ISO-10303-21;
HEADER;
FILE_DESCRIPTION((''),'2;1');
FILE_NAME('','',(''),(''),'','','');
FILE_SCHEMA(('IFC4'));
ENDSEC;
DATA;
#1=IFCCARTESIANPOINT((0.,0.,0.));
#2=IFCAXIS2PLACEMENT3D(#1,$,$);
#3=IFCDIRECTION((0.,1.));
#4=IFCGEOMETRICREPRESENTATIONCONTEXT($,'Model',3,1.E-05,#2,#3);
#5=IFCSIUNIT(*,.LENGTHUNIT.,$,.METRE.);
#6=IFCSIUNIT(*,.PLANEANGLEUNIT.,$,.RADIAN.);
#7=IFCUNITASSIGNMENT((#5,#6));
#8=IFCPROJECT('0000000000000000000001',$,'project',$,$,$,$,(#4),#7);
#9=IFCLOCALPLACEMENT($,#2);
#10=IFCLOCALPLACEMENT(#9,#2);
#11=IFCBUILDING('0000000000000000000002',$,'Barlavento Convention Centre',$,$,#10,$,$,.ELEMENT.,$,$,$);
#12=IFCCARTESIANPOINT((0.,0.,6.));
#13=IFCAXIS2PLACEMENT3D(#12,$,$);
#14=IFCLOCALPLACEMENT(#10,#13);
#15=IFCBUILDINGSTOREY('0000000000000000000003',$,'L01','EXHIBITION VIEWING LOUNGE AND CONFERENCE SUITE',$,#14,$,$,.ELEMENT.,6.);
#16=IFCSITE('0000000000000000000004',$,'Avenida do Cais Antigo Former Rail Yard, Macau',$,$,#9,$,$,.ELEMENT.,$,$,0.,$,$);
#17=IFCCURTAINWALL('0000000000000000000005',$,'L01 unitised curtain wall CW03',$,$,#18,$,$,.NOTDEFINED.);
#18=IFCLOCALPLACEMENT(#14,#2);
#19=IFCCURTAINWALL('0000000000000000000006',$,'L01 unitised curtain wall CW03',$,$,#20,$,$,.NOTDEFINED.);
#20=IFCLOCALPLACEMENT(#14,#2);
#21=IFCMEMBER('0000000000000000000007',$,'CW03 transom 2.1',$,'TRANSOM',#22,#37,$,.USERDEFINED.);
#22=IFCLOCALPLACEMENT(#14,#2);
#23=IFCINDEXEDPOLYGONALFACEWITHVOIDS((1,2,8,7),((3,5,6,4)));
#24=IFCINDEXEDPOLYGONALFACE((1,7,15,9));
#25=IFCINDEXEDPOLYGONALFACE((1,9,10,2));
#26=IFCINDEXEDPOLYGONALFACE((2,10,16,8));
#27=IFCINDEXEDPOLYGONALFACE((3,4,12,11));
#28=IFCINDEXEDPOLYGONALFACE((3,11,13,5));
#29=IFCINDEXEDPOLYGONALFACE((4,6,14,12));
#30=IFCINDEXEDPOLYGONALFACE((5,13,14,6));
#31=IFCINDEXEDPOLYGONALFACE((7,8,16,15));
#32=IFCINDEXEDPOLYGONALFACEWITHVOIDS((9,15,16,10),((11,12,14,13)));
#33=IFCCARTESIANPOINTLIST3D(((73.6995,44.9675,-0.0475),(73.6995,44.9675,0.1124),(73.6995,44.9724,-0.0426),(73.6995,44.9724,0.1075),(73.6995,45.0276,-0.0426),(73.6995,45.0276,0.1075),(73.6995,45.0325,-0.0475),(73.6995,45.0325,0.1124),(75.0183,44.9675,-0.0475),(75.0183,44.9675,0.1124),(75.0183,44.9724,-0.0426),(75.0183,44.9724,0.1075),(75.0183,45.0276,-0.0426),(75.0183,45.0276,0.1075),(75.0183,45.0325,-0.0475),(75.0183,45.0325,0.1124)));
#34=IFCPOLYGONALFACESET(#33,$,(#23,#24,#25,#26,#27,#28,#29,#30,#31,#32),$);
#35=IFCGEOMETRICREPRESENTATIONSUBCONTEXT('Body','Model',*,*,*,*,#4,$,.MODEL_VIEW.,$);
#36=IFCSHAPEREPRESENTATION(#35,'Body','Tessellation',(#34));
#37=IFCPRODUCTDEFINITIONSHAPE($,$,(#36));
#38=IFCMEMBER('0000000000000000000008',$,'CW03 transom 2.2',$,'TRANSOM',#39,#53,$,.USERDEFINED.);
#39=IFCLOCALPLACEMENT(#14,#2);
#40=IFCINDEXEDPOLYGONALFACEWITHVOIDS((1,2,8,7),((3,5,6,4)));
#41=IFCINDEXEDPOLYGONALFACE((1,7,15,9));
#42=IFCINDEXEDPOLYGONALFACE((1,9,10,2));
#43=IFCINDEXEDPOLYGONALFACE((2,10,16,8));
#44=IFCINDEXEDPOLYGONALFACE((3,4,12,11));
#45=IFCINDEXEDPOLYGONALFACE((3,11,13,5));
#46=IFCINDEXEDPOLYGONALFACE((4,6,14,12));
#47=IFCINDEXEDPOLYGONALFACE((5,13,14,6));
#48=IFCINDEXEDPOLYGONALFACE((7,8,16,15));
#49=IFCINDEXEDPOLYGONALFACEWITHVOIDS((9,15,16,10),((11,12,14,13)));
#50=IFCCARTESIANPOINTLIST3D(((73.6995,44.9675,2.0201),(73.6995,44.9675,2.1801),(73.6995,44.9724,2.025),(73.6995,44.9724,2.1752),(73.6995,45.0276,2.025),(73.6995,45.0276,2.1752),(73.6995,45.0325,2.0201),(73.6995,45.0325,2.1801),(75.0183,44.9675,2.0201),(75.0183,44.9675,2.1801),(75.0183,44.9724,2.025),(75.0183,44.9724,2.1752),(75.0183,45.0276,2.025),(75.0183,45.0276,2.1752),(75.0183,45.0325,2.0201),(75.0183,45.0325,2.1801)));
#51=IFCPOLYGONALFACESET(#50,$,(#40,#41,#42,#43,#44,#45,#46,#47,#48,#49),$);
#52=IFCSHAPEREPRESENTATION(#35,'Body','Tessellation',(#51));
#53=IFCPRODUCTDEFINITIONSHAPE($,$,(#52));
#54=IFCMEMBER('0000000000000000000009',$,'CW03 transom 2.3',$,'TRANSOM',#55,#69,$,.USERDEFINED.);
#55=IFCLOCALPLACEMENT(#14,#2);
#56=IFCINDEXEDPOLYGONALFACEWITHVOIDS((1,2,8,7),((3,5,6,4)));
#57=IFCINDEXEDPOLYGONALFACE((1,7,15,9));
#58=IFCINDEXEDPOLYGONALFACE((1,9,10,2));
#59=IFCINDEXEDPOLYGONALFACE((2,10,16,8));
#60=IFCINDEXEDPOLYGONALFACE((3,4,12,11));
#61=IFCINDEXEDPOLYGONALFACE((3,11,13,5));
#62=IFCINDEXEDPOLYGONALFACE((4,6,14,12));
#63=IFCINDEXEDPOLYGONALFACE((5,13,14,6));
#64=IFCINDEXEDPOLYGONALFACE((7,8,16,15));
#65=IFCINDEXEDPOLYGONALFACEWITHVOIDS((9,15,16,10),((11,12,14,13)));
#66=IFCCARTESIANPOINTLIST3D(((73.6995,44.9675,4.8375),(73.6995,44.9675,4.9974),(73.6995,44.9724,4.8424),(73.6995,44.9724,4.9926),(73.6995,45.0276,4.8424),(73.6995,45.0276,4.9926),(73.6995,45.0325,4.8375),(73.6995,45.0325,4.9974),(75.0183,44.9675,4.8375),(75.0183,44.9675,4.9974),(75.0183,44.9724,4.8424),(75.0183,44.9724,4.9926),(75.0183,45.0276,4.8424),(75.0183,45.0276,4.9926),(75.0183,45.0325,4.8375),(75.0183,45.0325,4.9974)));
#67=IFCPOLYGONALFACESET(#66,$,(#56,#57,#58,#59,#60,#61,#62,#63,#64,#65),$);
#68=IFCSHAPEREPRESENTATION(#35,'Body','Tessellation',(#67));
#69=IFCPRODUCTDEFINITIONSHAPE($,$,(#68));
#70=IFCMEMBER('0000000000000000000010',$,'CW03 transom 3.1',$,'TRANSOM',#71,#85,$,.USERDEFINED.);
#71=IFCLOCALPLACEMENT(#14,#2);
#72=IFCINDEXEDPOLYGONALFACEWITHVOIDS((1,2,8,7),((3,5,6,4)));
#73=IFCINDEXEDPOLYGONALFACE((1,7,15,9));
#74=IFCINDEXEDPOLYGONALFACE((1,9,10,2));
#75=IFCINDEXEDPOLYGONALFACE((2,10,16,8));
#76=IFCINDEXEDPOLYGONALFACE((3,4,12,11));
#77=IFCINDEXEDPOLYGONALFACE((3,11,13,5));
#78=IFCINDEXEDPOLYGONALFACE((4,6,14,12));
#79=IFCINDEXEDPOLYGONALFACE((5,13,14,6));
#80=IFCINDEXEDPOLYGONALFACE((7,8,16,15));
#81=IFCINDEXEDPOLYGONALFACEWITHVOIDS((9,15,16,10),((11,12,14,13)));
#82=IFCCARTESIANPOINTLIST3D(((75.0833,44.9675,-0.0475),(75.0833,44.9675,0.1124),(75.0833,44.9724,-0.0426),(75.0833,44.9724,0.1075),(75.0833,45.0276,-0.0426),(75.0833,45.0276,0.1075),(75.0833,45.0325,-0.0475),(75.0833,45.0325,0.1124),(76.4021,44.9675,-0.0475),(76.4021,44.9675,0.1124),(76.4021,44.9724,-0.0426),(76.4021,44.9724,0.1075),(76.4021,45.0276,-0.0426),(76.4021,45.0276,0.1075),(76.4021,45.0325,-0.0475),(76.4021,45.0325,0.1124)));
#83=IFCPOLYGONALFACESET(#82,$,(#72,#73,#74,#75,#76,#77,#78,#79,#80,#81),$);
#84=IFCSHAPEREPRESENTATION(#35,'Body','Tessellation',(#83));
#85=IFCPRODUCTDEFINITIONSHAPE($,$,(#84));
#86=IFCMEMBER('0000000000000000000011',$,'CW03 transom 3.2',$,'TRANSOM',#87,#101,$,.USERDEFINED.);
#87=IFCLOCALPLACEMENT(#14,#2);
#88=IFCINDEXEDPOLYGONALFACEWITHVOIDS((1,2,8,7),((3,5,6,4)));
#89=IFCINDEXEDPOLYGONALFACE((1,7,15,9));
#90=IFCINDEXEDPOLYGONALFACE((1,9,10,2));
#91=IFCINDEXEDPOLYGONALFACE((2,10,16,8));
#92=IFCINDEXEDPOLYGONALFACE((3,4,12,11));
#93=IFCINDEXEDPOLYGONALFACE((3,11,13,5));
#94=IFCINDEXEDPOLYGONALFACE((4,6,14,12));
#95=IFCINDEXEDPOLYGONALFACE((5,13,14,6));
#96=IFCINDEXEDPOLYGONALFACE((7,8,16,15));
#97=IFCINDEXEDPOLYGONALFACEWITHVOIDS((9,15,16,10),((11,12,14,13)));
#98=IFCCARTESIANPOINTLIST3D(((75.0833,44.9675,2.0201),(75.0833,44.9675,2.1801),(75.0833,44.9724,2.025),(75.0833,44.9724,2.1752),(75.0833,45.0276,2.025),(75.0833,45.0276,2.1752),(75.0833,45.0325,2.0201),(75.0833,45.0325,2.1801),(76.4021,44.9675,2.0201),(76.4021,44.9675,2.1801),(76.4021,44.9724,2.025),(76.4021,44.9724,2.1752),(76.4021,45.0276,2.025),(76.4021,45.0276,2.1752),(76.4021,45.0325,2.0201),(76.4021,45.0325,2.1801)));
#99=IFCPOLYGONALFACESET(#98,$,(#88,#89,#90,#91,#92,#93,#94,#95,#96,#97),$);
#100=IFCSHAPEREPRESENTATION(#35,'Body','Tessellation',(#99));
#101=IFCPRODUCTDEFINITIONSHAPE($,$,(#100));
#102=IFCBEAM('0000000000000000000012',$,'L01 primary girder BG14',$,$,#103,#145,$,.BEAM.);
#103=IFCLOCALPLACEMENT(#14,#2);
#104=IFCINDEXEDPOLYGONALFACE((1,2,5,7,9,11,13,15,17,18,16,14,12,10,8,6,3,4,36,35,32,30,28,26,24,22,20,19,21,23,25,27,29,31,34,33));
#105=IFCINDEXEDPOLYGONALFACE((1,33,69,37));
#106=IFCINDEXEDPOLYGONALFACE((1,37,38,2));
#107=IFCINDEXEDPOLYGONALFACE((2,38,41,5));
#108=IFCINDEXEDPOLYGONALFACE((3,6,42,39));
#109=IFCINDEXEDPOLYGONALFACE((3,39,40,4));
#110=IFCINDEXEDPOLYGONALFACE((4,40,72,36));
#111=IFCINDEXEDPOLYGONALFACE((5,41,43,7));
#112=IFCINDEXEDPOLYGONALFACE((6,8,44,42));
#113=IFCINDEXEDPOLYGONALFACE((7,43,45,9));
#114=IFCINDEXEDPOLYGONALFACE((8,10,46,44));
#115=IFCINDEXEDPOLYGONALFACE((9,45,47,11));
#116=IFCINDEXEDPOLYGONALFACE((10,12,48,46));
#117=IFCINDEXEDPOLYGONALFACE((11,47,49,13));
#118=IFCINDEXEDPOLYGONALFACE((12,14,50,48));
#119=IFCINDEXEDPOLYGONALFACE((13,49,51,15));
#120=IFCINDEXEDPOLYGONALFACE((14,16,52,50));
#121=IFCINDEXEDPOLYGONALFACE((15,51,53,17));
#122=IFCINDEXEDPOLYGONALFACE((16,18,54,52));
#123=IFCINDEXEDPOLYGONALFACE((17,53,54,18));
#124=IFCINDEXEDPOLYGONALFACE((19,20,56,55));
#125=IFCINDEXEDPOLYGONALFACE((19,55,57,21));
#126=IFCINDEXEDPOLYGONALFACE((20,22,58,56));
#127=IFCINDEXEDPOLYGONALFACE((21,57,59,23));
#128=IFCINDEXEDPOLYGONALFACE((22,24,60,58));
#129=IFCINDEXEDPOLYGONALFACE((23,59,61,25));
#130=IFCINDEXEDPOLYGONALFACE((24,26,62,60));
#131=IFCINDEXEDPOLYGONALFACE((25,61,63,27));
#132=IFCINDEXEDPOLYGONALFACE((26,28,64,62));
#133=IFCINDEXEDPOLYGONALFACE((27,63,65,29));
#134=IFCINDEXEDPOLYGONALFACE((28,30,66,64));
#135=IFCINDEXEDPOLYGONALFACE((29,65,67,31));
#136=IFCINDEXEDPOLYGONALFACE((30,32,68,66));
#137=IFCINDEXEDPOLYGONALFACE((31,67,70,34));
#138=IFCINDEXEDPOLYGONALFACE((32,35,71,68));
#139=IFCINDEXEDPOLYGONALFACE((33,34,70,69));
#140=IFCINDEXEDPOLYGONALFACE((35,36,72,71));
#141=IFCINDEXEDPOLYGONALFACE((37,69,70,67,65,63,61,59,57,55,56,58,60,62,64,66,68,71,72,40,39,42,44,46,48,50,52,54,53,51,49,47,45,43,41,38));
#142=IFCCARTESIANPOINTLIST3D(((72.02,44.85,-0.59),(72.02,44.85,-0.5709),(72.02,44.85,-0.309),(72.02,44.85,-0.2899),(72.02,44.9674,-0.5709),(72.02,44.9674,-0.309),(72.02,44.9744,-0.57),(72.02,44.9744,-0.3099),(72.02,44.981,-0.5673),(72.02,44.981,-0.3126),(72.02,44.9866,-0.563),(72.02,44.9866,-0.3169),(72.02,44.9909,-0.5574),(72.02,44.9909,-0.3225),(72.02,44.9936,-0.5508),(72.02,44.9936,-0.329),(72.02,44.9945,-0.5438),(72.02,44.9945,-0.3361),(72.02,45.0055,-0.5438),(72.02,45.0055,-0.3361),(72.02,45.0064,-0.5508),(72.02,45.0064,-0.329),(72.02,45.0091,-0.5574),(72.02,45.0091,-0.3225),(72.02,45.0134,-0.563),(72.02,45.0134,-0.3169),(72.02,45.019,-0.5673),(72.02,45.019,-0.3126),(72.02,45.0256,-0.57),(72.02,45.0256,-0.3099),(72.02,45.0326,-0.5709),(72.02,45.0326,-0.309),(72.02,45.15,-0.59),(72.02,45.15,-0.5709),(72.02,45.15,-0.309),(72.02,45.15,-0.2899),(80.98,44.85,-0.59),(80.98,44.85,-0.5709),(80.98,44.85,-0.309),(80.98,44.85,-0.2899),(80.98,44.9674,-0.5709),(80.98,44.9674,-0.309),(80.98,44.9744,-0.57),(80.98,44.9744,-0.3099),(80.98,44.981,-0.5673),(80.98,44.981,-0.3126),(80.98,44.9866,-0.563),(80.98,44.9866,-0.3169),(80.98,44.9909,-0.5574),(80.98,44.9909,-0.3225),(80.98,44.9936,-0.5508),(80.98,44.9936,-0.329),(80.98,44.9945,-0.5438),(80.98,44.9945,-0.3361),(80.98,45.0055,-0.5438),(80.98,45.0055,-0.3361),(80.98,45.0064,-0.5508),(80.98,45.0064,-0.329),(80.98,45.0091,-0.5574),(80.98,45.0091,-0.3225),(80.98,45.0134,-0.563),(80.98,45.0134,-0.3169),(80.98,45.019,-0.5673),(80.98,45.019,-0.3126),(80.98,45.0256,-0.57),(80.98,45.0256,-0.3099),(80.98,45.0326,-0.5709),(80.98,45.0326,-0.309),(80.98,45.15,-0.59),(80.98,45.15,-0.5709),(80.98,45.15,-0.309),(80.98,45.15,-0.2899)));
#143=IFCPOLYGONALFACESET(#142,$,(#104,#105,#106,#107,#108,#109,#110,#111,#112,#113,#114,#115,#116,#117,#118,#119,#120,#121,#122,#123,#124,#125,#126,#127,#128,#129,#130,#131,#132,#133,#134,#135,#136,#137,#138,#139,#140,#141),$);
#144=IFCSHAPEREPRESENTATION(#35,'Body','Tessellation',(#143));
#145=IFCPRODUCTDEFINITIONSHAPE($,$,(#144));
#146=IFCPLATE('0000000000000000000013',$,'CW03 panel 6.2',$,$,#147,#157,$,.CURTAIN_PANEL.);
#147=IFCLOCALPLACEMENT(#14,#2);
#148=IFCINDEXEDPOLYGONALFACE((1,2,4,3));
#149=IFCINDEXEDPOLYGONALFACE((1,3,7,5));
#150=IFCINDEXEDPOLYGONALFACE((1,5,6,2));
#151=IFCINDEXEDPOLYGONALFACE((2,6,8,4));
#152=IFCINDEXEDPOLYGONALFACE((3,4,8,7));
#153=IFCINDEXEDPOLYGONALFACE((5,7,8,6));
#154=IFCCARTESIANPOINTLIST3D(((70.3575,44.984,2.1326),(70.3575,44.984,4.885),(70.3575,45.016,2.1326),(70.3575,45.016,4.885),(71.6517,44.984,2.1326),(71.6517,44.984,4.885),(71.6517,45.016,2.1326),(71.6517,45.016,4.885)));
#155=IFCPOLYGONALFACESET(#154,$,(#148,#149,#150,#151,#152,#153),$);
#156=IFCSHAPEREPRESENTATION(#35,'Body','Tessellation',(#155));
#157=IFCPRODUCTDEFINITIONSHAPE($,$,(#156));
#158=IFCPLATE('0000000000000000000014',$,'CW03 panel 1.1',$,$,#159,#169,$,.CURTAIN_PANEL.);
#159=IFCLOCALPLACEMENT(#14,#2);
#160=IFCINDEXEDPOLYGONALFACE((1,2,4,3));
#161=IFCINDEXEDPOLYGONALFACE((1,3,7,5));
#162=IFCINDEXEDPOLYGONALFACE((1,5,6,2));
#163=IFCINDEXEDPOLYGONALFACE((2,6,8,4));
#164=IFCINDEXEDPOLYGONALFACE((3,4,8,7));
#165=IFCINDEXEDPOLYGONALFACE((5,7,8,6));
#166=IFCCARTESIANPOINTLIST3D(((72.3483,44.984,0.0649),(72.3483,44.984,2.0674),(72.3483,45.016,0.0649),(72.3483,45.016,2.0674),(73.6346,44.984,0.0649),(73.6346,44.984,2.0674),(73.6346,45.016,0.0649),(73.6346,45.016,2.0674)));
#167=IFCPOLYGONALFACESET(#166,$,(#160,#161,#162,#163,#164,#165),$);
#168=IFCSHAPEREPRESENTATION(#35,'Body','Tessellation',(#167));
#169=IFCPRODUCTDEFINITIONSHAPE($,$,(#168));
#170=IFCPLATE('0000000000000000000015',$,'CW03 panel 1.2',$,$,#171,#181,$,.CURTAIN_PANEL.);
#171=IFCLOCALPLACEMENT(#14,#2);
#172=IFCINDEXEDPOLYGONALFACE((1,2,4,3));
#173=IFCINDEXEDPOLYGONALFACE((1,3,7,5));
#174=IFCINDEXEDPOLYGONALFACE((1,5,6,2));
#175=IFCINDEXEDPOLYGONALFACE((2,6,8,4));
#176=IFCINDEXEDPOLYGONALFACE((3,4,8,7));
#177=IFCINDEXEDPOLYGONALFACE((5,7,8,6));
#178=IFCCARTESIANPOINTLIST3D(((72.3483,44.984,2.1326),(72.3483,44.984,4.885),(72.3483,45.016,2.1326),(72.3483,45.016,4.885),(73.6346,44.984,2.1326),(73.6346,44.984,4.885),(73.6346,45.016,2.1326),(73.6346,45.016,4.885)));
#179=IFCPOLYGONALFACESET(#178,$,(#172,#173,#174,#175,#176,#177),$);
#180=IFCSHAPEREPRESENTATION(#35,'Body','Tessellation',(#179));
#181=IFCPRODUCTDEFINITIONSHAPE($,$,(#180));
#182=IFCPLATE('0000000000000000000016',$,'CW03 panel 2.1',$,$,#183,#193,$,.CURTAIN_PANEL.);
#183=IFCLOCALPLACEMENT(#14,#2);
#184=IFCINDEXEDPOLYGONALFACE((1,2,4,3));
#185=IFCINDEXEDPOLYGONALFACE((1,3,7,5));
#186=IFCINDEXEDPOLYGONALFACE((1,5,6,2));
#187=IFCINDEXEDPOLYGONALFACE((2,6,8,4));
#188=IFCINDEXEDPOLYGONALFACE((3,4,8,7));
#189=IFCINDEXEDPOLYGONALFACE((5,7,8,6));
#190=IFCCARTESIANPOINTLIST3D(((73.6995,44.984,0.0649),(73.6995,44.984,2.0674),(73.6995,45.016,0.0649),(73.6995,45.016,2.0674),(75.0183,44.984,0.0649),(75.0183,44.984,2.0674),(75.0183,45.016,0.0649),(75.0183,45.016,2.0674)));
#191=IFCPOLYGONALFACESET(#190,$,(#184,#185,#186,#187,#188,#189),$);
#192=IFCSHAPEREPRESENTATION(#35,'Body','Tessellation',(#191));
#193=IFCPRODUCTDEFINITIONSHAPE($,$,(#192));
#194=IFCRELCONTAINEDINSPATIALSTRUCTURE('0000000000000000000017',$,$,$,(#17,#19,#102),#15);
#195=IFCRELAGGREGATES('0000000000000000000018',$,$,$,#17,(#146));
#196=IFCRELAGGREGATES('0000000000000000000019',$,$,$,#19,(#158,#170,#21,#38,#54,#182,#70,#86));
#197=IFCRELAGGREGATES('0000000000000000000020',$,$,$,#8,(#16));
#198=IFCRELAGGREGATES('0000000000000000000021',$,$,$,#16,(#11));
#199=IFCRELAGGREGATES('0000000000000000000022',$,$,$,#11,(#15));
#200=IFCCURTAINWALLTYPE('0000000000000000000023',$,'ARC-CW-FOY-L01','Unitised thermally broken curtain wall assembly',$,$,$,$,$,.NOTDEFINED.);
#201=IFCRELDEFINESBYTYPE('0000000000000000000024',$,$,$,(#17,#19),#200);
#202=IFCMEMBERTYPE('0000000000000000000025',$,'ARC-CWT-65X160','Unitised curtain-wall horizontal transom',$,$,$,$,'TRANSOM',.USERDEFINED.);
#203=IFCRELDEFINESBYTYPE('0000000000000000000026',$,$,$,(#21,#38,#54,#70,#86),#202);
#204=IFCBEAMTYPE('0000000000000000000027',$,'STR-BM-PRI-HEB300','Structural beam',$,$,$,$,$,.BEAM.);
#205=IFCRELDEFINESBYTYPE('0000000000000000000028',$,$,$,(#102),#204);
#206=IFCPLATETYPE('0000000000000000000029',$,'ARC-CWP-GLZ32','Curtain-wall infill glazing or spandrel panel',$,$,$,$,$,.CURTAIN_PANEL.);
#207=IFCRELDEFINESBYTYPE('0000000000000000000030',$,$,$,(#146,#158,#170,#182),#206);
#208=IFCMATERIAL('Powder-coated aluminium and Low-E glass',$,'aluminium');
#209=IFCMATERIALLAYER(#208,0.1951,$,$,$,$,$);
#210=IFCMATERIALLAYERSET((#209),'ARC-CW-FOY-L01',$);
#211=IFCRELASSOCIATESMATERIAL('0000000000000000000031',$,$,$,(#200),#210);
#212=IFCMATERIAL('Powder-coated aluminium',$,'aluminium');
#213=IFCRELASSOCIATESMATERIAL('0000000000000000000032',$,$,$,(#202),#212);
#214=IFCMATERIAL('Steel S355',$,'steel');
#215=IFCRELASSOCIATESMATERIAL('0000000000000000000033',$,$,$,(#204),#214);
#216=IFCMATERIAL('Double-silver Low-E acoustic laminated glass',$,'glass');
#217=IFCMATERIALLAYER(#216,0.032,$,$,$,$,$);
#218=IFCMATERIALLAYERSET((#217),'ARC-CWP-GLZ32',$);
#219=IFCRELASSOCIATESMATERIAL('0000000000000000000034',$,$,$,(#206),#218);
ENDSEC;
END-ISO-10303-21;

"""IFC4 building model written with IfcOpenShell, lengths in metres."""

from ifc_helpers import new_model, si_unit, direction, frame, origin, origin_2d, place, context, subcontext, project, spatial, rectangle, hollow_rectangle, i_section, extrude, material, layer, layer_set, material_profile, profile_set, type_object, element, aggregate, save


model = new_model("IFC4")

# Units and contexts
model_context = context("Model", 3, precision=1e-05, world=origin(), true_north=direction((0.0, 1.0)))
body_context = subcontext(model_context, "Body", "Model", "MODEL_VIEW")
ifc_project = project(units=[si_unit("LENGTHUNIT", "METRE"), si_unit("PLANEANGLEUNIT", "RADIAN")], contexts=[model_context])

# Site, building, storey
site_placement = place(None, origin())
site = spatial("IfcSite", under=ifc_project, at=site_placement, Name="Avenida do Cais Antigo Former Rail Yard, Macau", CompositionType="ELEMENT", RefElevation=0.0)
building_placement = place(site_placement, origin())
building = spatial("IfcBuilding", under=site, at=building_placement, Name="Barlavento Convention Centre", CompositionType="ELEMENT")
storey_placement = place(building_placement, frame((0.0, 0.0, 6.0)))
storey = spatial("IfcBuildingStorey", under=building, at=storey_placement, Name="L01", Description="EXHIBITION VIEWING LOUNGE AND CONFERENCE SUITE", CompositionType="ELEMENT", Elevation=6.0)

# Shared definitions
ifc_material_1 = material(Name="Steel S355", Category="steel")

# Curtain wall
ifc_material_2 = material(Name="Powder-coated aluminium and Low-E glass", Category="aluminium")
ifc_layer_1 = layer(ifc_material_2, 0.1951)
ifc_layer_set_1 = layer_set([ifc_layer_1], Name="ARC-CW-FOY-L01")
curtain_wall_type = type_object("IfcCurtainWallType", Name="ARC-CW-FOY-L01", Description="Unitised thermally broken curtain wall assembly", PredefinedType="NOTDEFINED", material=ifc_layer_set_1)
curtain_wall_1_placement = place(storey_placement, origin())
curtain_wall_1 = element("IfcCurtainWall", 1, at=curtain_wall_1_placement, inside=storey, type_object=curtain_wall_type, Name="L01 unitised curtain wall CW03", PredefinedType="NOTDEFINED")
ifc_material_3 = material(Name="Powder-coated aluminium", Category="aluminium")

# Curtain wall, members
curtain_wall_2_placement = place(storey_placement, origin())
curtain_wall_2 = element("IfcCurtainWall", 2, at=curtain_wall_2_placement, inside=storey, type_object=curtain_wall_type, Name="L01 unitised curtain wall CW03", PredefinedType="NOTDEFINED")
ifc_material_profile_1 = material_profile(ifc_material_3, hollow_rectangle(XDim=0.0649, YDim=0.1599, WallThickness=0.0049, at=origin_2d()), Name="AL-TRAN 65x160x5")
ifc_profile_set_1 = profile_set([ifc_material_profile_1], Name="Powder-coated aluminium")
member_type_1 = type_object("IfcMemberType", Name="ARC-CWT-65X160", Description="Unitised curtain-wall horizontal transom", ElementType="TRANSOM", PredefinedType="USERDEFINED", material=ifc_profile_set_1)
member_1_placement = place(storey_placement, frame((73.6995, 45.0, 0.0325), z_axis=(1.0, 0.0, 0.0), x_axis=(0.0, 1.0, 0.0)))
member_1 = element("IfcMember", 3, at=member_1_placement, type_object=member_type_1, Name="CW03 transom 2.1", ObjectType="TRANSOM", PredefinedType="USERDEFINED", context=body_context, shape_type="SweptSolid", body=[
    extrude(hollow_rectangle(XDim=0.0649, YDim=0.1599, WallThickness=0.0049, at=origin_2d()), origin(), (0.0, 0.0, 1.0), 1.3188),
])
member_2_placement = place(storey_placement, frame((73.6995, 45.0, 2.1001), z_axis=(1.0, 0.0, 0.0), x_axis=(0.0, 1.0, 0.0)))
member_2 = element("IfcMember", 4, at=member_2_placement, type_object=member_type_1, Name="CW03 transom 2.2", ObjectType="TRANSOM", PredefinedType="USERDEFINED", context=body_context, shape_type="SweptSolid", body=[
    extrude(hollow_rectangle(XDim=0.0649, YDim=0.1599, WallThickness=0.0049, at=origin_2d()), origin(), (0.0, 0.0, 1.0), 1.3188),
])
member_3_placement = place(storey_placement, frame((73.6995, 45.0, 4.9175), z_axis=(1.0, 0.0, 0.0), x_axis=(0.0, 1.0, 0.0)))
member_3 = element("IfcMember", 5, at=member_3_placement, type_object=member_type_1, Name="CW03 transom 2.3", ObjectType="TRANSOM", PredefinedType="USERDEFINED", context=body_context, shape_type="SweptSolid", body=[
    extrude(hollow_rectangle(XDim=0.0649, YDim=0.1599, WallThickness=0.0049, at=origin_2d()), origin(), (0.0, 0.0, 1.0), 1.3188),
])
member_4_placement = place(storey_placement, frame((75.0833, 45.0, 0.0325), z_axis=(1.0, 0.0, 0.0), x_axis=(0.0, 1.0, 0.0)))
member_4 = element("IfcMember", 6, at=member_4_placement, type_object=member_type_1, Name="CW03 transom 3.1", ObjectType="TRANSOM", PredefinedType="USERDEFINED", context=body_context, shape_type="SweptSolid", body=[
    extrude(hollow_rectangle(XDim=0.0649, YDim=0.1599, WallThickness=0.0049, at=origin_2d()), origin(), (0.0, 0.0, 1.0), 1.3188),
])
member_5_placement = place(storey_placement, frame((75.0833, 45.0, 2.1001), z_axis=(1.0, 0.0, 0.0), x_axis=(0.0, 1.0, 0.0)))
member_5 = element("IfcMember", 7, at=member_5_placement, type_object=member_type_1, Name="CW03 transom 3.2", ObjectType="TRANSOM", PredefinedType="USERDEFINED", context=body_context, shape_type="SweptSolid", body=[
    extrude(hollow_rectangle(XDim=0.0649, YDim=0.1599, WallThickness=0.0049, at=origin_2d()), origin(), (0.0, 0.0, 1.0), 1.3188),
])

# Beam
ifc_material_profile_2 = material_profile(ifc_material_1, i_section(OverallWidth=0.3, OverallDepth=0.3, WebThickness=0.011, FlangeThickness=0.019, FilletRadius=0.0271, at=origin_2d()), Name="HEB 300")
ifc_profile_set_2 = profile_set([ifc_material_profile_2], Name="Steel S355")
beam_type = type_object("IfcBeamType", Name="STR-BM-PRI-HEB300", Description="Structural beam", PredefinedType="BEAM", material=ifc_profile_set_2)
beam_placement = place(storey_placement, frame((72.02, 45.0, -0.4399), z_axis=(1.0, 0.0, 0.0), x_axis=(0.0, 1.0, 0.0)))
element("IfcBeam", 8, at=beam_placement, inside=storey, type_object=beam_type, Name="L01 primary girder BG14", PredefinedType="BEAM", context=body_context, shape_type="SweptSolid", body=[
    extrude(i_section(OverallWidth=0.3, OverallDepth=0.3, WebThickness=0.011, FlangeThickness=0.019, FilletRadius=0.0271, at=origin_2d()), origin(), (0.0, 0.0, 1.0), 8.96),
])

# Plates
ifc_material_4 = material(Name="Double-silver Low-E acoustic laminated glass", Category="glass")
ifc_layer_2 = layer(ifc_material_4, 0.032)
ifc_layer_set_2 = layer_set([ifc_layer_2], Name="ARC-CWP-GLZ32")
plate_type_1 = type_object("IfcPlateType", Name="ARC-CWP-GLZ32", Description="Curtain-wall infill glazing or spandrel panel", PredefinedType="CURTAIN_PANEL", material=ifc_layer_set_2)
plate_1_placement = place(storey_placement, frame((71.0046, 45.0, 2.1326), z_axis=(0.0, 0.0, 1.0), x_axis=(1.0, 0.0, 0.0)))
plate_1 = element("IfcPlate", 9, at=plate_1_placement, type_object=plate_type_1, Name="CW03 panel 6.2", PredefinedType="CURTAIN_PANEL", context=body_context, shape_type="SweptSolid", body=[
    extrude(rectangle(XDim=1.2942, YDim=0.032, at=origin_2d()), origin(), (0.0, 0.0, 1.0), 2.7524),
])
aggregate(curtain_wall_1, [plate_1])
plate_2_placement = place(storey_placement, frame((72.9915, 45.0, 0.0649), z_axis=(0.0, 0.0, 1.0), x_axis=(1.0, 0.0, 0.0)))
plate_2 = element("IfcPlate", 10, at=plate_2_placement, type_object=plate_type_1, Name="CW03 panel 1.1", PredefinedType="CURTAIN_PANEL", context=body_context, shape_type="SweptSolid", body=[
    extrude(rectangle(XDim=1.2864, YDim=0.032, at=origin_2d()), origin(), (0.0, 0.0, 1.0), 2.0024),
])
plate_3_placement = place(storey_placement, frame((72.9915, 45.0, 2.1326), z_axis=(0.0, 0.0, 1.0), x_axis=(1.0, 0.0, 0.0)))
plate_3 = element("IfcPlate", 11, at=plate_3_placement, type_object=plate_type_1, Name="CW03 panel 1.2", PredefinedType="CURTAIN_PANEL", context=body_context, shape_type="SweptSolid", body=[
    extrude(rectangle(XDim=1.2864, YDim=0.032, at=origin_2d()), origin(), (0.0, 0.0, 1.0), 2.7524),
])
plate_4_placement = place(storey_placement, frame((74.3589, 45.0, 0.0649), z_axis=(0.0, 0.0, 1.0), x_axis=(1.0, 0.0, 0.0)))
plate_4 = element("IfcPlate", 12, at=plate_4_placement, type_object=plate_type_1, Name="CW03 panel 2.1", PredefinedType="CURTAIN_PANEL", context=body_context, shape_type="SweptSolid", body=[
    extrude(rectangle(XDim=1.3188, YDim=0.032, at=origin_2d()), origin(), (0.0, 0.0, 1.0), 2.0024),
])
aggregate(curtain_wall_2, [plate_2, plate_3, member_1, member_2, member_3, plate_4, member_4, member_5])

save(model, "model.ifc")
